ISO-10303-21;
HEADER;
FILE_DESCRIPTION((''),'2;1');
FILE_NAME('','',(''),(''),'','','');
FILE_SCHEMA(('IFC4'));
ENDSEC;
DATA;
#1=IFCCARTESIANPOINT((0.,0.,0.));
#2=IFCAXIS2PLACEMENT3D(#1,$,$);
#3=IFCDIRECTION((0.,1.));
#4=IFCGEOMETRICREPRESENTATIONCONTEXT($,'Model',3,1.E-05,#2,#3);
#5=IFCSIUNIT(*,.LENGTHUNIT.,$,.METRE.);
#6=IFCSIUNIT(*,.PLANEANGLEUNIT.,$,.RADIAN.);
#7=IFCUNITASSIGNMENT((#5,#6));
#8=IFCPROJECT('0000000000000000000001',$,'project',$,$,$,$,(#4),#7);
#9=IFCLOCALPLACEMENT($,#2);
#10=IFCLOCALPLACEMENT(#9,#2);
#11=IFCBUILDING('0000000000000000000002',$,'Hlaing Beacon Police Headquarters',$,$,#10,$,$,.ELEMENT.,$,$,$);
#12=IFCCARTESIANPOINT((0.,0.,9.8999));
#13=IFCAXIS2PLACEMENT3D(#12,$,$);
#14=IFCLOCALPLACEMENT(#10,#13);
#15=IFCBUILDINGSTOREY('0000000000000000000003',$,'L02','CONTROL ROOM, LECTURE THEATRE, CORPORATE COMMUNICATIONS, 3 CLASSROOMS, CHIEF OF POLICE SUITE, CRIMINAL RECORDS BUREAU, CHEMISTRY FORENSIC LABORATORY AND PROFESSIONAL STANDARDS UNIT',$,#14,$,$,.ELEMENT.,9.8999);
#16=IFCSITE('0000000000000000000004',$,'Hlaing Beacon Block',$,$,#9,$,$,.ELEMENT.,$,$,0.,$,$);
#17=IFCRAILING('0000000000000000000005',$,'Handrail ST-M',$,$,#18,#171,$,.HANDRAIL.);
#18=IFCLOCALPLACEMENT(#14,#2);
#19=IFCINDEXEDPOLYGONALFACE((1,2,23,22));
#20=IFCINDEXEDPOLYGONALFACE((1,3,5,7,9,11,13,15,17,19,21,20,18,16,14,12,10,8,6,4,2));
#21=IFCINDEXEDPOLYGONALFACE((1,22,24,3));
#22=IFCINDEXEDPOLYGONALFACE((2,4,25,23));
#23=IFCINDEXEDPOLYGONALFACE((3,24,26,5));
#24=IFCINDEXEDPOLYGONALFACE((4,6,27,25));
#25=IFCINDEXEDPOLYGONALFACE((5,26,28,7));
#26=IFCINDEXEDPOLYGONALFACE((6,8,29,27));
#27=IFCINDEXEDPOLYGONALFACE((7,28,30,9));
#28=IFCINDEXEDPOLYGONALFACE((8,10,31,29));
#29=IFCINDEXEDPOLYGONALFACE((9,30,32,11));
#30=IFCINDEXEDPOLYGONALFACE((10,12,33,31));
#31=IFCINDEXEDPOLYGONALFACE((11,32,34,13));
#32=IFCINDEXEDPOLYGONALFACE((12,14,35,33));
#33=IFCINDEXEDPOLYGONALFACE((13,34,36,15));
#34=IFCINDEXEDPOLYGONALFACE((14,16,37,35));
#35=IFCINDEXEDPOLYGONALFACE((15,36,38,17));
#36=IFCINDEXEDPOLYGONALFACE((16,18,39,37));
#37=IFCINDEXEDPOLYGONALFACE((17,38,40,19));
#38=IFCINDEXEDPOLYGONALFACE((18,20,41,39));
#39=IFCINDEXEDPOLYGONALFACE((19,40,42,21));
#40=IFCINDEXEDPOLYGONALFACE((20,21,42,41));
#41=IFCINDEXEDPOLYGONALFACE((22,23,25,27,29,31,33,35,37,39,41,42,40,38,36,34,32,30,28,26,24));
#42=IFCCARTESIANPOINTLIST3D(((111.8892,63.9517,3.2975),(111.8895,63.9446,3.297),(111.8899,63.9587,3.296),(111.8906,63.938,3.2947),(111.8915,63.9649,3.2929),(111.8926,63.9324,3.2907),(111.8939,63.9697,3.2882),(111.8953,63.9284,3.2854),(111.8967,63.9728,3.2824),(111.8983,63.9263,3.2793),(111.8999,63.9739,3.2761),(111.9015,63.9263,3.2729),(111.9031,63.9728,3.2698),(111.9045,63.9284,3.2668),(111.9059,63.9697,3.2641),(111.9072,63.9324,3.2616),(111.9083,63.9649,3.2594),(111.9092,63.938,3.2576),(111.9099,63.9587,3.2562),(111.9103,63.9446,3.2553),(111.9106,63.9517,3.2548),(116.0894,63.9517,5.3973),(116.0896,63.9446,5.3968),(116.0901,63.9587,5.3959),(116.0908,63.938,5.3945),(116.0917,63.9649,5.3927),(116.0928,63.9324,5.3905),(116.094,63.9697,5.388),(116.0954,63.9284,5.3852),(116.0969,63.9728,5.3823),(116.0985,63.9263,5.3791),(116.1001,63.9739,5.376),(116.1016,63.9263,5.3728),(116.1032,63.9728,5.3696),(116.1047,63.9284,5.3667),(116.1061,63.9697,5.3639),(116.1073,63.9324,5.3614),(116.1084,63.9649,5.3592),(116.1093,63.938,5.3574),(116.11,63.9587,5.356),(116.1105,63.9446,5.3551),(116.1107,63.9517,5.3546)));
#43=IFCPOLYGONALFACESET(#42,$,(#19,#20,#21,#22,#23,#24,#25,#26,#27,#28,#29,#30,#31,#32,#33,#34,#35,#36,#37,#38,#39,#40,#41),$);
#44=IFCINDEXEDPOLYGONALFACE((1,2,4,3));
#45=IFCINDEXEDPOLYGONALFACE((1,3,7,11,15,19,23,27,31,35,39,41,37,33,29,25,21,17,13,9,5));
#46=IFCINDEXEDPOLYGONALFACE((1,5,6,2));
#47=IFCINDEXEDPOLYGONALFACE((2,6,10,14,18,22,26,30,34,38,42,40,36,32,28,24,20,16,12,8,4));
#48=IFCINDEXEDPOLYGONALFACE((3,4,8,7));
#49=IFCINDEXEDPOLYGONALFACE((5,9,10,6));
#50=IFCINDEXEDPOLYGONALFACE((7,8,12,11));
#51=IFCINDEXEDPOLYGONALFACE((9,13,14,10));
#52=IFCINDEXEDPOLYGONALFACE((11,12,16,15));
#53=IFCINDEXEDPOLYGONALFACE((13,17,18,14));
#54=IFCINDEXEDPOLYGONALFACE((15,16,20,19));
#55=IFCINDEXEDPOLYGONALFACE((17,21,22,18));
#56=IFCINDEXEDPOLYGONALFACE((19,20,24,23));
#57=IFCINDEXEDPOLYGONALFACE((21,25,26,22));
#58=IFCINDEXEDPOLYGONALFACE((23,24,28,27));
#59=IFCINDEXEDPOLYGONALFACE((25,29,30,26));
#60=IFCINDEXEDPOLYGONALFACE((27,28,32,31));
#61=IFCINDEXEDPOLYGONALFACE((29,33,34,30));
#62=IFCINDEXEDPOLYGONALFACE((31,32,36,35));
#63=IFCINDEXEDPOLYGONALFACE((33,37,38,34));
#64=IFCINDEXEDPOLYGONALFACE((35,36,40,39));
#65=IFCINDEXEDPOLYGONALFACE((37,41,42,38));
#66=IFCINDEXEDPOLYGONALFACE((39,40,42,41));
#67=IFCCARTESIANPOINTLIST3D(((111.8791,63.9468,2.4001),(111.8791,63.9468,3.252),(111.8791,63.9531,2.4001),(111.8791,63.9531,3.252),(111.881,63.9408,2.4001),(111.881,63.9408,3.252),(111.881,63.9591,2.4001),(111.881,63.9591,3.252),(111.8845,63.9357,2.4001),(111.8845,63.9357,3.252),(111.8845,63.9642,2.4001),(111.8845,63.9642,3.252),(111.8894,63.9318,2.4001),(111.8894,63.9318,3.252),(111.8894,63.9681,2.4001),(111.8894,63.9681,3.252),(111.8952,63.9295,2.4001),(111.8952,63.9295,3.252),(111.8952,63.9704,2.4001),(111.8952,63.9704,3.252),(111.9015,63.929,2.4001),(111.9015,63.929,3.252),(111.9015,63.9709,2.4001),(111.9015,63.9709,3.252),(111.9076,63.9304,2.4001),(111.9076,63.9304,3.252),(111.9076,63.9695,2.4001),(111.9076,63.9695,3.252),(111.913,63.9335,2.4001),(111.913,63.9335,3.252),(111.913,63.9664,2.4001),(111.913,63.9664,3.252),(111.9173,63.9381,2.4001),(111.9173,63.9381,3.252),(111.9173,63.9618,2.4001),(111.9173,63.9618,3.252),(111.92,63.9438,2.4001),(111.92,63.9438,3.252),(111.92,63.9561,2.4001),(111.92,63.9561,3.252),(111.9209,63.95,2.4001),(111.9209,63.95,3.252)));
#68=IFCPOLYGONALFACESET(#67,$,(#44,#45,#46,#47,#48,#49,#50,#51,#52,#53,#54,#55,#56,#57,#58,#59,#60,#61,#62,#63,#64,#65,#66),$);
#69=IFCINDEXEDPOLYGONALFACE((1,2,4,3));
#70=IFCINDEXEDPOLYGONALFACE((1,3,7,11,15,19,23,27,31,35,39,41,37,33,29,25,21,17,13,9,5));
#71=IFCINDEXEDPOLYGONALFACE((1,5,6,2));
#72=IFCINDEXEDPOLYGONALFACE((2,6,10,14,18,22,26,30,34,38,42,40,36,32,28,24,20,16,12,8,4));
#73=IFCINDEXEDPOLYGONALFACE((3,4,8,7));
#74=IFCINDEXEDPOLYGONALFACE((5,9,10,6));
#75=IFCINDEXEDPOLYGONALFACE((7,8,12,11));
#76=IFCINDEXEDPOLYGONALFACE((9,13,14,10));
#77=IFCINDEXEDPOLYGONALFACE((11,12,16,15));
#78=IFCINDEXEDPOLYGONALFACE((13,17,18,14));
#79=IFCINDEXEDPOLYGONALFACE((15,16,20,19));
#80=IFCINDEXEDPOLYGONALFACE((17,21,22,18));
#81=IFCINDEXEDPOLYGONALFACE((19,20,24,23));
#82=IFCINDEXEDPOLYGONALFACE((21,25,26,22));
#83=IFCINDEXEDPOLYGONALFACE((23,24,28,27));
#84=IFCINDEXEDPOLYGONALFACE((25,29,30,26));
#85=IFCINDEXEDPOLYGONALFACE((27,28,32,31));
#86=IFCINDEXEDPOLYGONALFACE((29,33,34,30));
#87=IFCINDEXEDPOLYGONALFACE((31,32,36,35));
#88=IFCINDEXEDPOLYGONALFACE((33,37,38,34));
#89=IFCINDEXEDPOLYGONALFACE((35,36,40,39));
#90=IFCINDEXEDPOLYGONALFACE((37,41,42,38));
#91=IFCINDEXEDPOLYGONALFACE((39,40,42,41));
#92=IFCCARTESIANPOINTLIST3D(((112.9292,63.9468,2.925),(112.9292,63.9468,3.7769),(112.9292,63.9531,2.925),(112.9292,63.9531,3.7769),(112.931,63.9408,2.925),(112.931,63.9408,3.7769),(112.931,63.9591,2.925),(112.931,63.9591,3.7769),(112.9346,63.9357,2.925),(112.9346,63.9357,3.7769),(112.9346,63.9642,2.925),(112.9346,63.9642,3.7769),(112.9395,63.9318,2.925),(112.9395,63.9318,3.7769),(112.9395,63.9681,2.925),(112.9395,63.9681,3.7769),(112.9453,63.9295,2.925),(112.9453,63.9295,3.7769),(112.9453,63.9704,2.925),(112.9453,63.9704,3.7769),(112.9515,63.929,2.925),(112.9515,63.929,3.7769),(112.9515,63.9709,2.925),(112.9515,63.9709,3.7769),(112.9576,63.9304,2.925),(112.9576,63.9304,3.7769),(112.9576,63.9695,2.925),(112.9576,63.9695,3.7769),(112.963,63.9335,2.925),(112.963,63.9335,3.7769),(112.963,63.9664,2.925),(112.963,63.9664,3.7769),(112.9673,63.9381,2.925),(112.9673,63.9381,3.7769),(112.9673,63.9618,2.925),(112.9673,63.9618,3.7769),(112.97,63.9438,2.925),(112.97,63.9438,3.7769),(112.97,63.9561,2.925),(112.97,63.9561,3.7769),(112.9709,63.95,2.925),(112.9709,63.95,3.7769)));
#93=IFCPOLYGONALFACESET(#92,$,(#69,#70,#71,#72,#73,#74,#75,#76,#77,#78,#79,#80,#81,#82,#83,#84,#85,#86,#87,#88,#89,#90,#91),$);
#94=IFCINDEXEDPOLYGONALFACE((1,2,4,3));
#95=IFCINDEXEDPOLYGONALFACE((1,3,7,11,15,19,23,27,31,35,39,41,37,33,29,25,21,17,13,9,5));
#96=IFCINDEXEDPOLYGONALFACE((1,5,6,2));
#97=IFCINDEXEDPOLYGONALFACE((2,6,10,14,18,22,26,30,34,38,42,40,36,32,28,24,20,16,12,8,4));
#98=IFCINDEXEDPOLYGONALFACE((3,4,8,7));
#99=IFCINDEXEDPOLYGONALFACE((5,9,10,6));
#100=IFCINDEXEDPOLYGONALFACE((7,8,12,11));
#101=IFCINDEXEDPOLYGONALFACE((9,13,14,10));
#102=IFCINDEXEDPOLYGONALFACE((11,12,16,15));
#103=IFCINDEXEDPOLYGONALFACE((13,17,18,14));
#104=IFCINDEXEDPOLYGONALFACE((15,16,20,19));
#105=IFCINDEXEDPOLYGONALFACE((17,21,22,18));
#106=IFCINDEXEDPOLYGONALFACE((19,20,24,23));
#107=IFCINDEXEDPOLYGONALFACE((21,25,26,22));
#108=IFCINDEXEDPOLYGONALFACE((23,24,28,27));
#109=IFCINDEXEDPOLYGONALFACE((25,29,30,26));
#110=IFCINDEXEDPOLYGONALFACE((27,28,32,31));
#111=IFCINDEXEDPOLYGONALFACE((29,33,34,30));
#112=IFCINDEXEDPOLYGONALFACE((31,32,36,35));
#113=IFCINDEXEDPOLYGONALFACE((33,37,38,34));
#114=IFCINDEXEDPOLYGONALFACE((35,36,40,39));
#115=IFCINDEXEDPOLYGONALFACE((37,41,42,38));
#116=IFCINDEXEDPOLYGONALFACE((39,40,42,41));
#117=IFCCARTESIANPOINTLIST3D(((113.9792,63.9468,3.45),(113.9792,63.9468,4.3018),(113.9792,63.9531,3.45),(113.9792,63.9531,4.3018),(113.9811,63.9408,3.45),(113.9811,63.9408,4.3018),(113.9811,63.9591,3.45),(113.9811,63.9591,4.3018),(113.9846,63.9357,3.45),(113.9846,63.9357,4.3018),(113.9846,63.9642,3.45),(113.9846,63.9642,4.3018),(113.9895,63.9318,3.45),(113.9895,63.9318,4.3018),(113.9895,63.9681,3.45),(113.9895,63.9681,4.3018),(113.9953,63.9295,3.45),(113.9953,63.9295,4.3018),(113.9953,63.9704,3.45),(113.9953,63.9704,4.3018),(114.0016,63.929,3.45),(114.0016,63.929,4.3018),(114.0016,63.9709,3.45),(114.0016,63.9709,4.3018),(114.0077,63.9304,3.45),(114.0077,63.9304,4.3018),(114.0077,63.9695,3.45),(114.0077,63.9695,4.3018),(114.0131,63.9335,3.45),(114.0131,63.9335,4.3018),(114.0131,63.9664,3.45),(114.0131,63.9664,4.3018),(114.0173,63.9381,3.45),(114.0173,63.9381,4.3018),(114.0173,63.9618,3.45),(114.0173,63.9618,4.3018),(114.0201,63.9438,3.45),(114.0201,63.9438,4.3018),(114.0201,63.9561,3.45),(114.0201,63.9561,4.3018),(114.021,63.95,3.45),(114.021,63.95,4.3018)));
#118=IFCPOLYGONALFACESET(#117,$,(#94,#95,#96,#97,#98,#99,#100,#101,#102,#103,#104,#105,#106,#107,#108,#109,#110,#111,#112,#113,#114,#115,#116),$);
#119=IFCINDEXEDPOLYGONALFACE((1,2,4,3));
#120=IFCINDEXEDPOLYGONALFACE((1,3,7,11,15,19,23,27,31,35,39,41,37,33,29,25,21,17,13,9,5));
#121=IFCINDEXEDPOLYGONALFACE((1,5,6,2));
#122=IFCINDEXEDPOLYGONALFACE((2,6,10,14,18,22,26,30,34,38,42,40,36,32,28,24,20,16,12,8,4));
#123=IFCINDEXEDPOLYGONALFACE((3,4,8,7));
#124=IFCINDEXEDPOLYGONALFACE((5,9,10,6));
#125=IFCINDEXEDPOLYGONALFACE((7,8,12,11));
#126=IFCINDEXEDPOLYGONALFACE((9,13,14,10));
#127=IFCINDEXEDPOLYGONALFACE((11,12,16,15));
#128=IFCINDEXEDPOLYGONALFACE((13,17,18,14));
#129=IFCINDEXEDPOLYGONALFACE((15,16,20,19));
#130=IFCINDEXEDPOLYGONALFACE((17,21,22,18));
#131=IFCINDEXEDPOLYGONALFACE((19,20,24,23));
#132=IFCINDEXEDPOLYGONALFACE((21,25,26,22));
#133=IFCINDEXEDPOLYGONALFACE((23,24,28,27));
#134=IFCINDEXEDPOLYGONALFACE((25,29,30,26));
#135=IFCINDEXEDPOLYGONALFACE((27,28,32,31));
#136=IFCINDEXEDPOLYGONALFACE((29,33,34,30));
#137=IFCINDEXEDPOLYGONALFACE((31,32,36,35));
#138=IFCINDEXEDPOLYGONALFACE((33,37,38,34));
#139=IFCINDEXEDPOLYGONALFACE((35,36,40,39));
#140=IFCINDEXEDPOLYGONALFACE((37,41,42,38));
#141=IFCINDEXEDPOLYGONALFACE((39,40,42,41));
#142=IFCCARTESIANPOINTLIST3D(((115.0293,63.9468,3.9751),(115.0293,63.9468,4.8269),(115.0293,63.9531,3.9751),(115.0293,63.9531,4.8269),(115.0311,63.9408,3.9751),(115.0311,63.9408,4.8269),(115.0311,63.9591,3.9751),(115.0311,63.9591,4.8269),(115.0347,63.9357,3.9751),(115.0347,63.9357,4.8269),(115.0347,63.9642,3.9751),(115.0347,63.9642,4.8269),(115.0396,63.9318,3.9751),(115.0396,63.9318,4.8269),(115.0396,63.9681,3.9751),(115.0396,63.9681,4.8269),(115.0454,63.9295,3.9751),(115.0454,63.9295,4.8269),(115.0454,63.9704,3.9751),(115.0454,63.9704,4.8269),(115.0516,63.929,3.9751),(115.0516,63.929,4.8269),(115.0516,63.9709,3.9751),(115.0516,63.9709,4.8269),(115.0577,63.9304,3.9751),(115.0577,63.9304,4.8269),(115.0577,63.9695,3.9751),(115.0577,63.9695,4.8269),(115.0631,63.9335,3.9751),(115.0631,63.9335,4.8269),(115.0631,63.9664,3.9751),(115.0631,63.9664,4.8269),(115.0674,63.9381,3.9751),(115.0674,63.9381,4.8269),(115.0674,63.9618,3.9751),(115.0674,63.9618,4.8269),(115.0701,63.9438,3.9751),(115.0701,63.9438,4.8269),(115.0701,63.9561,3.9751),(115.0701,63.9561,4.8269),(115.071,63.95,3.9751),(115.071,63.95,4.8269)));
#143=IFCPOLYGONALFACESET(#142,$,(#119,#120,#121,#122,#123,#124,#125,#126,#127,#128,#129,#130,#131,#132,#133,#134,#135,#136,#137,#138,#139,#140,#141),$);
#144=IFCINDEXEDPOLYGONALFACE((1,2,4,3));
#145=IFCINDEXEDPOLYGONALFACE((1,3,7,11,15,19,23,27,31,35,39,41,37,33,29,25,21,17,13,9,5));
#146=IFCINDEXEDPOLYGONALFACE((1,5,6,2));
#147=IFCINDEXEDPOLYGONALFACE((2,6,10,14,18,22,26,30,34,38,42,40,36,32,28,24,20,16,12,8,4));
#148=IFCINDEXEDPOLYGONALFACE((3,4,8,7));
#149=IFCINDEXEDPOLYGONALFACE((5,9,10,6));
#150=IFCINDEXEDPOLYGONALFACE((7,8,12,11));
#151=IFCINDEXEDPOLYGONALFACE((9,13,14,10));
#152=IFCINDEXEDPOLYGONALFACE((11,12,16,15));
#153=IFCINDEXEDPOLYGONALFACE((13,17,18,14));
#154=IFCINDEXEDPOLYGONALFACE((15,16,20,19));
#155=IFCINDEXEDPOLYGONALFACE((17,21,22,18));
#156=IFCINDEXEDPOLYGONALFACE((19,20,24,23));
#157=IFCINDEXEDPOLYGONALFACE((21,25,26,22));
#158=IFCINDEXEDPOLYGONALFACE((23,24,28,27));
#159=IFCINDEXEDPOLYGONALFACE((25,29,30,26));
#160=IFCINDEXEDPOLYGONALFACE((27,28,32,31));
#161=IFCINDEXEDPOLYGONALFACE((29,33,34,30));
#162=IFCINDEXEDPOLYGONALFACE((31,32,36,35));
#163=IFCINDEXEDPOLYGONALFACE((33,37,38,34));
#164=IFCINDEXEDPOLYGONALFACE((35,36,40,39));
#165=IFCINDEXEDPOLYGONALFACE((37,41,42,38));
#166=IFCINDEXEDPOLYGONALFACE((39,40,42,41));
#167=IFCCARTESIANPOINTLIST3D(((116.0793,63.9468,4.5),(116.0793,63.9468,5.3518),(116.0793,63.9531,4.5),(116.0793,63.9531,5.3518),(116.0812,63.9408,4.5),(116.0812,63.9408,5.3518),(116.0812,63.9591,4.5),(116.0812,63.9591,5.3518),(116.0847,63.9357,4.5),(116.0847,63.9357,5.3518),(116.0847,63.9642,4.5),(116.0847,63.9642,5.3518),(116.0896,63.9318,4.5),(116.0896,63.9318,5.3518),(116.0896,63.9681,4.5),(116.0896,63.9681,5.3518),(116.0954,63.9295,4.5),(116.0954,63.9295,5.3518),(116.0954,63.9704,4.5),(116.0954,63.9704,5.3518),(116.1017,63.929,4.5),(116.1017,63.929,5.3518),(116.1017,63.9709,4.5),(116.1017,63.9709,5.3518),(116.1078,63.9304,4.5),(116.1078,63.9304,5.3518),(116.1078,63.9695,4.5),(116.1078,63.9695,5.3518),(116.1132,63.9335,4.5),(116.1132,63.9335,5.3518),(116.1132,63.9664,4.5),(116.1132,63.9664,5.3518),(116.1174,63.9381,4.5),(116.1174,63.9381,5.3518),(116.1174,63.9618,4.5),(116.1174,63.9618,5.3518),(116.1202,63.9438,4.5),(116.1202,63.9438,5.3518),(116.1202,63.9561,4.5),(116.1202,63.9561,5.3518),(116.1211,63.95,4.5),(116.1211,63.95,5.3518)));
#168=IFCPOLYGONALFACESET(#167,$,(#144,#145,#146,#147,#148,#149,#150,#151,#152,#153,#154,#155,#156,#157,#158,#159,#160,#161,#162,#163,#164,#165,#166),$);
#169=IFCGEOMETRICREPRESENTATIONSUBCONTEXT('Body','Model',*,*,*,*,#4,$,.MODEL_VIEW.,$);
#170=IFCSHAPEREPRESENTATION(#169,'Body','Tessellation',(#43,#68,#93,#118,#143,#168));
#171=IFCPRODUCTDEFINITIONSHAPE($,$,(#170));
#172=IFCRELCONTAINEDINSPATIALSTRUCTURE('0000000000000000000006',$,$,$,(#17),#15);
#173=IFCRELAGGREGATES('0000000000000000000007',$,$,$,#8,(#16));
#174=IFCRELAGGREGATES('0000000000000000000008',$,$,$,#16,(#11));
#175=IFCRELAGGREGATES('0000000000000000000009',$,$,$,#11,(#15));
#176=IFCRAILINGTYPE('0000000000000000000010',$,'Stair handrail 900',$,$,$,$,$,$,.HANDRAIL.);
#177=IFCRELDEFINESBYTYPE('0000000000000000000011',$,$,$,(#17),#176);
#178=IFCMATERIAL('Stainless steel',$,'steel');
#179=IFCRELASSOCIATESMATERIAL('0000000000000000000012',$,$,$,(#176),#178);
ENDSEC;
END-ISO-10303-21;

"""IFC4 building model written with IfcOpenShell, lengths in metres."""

from ifc_helpers import new_model, si_unit, direction, frame, origin, origin_2d, place, context, subcontext, project, spatial, circle, extrude, material, type_object, element, save


model = new_model("IFC4")

# Units and contexts
model_context = context("Model", 3, precision=1e-05, world=origin(), true_north=direction((0.0, 1.0)))
body_context = subcontext(model_context, "Body", "Model", "MODEL_VIEW")
ifc_project = project(units=[si_unit("LENGTHUNIT", "METRE"), si_unit("PLANEANGLEUNIT", "RADIAN")], contexts=[model_context])

# Site, building, storey
site_placement = place(None, origin())
site = spatial("IfcSite", under=ifc_project, at=site_placement, Name="Hlaing Beacon Block", CompositionType="ELEMENT", RefElevation=0.0)
building_placement = place(site_placement, origin())
building = spatial("IfcBuilding", under=site, at=building_placement, Name="Hlaing Beacon Police Headquarters", CompositionType="ELEMENT")
storey_placement = place(building_placement, frame((0.0, 0.0, 9.8999)))
storey = spatial("IfcBuildingStorey", under=building, at=storey_placement, Name="L02", Description="CONTROL ROOM, LECTURE THEATRE, CORPORATE COMMUNICATIONS, 3 CLASSROOMS, CHIEF OF POLICE SUITE, CRIMINAL RECORDS BUREAU, CHEMISTRY FORENSIC LABORATORY AND PROFESSIONAL STANDARDS UNIT", CompositionType="ELEMENT", Elevation=9.8999)

# Railing
ifc_material_1 = material(Name="Stainless steel", Category="steel")
railing_type_1 = type_object("IfcRailingType", Name="Stair handrail 900", PredefinedType="HANDRAIL", material=ifc_material_1)
for number, where, name in (
    (1, (111.8999, 63.95, 2.4001), "Handrail ST-M"),
):
    element("IfcRailing", number, at=place(storey_placement, frame(where)), inside=storey, type_object=railing_type_1, Name=name, PredefinedType="HANDRAIL", context=body_context, shape_type="SweptSolid", body=[
        extrude(circle(Radius=0.0239, at=origin_2d()), frame((0.0, 0.0, 0.876), z_axis=(0.894448, 0.0, 0.447172), x_axis=(0.0, 1.0, 0.0)), (0.0, 0.0, 1.0), 4.6958),
        extrude(circle(Radius=0.021, at=origin_2d()), origin(), (0.0, 0.0, 1.0), 0.8518),
        extrude(circle(Radius=0.021, at=origin_2d()), frame((1.05, 0.0, 0.5249)), (0.0, 0.0, 1.0), 0.8518),
        extrude(circle(Radius=0.021, at=origin_2d()), frame((2.1001, 0.0, 1.0498)), (0.0, 0.0, 1.0), 0.8518),
        extrude(circle(Radius=0.021, at=origin_2d()), frame((3.1501, 0.0, 1.575)), (0.0, 0.0, 1.0), 0.8518),
        extrude(circle(Radius=0.021, at=origin_2d()), frame((4.2002, 0.0, 2.0999)), (0.0, 0.0, 1.0), 0.8518),
    ])

save(model, "model.ifc")
